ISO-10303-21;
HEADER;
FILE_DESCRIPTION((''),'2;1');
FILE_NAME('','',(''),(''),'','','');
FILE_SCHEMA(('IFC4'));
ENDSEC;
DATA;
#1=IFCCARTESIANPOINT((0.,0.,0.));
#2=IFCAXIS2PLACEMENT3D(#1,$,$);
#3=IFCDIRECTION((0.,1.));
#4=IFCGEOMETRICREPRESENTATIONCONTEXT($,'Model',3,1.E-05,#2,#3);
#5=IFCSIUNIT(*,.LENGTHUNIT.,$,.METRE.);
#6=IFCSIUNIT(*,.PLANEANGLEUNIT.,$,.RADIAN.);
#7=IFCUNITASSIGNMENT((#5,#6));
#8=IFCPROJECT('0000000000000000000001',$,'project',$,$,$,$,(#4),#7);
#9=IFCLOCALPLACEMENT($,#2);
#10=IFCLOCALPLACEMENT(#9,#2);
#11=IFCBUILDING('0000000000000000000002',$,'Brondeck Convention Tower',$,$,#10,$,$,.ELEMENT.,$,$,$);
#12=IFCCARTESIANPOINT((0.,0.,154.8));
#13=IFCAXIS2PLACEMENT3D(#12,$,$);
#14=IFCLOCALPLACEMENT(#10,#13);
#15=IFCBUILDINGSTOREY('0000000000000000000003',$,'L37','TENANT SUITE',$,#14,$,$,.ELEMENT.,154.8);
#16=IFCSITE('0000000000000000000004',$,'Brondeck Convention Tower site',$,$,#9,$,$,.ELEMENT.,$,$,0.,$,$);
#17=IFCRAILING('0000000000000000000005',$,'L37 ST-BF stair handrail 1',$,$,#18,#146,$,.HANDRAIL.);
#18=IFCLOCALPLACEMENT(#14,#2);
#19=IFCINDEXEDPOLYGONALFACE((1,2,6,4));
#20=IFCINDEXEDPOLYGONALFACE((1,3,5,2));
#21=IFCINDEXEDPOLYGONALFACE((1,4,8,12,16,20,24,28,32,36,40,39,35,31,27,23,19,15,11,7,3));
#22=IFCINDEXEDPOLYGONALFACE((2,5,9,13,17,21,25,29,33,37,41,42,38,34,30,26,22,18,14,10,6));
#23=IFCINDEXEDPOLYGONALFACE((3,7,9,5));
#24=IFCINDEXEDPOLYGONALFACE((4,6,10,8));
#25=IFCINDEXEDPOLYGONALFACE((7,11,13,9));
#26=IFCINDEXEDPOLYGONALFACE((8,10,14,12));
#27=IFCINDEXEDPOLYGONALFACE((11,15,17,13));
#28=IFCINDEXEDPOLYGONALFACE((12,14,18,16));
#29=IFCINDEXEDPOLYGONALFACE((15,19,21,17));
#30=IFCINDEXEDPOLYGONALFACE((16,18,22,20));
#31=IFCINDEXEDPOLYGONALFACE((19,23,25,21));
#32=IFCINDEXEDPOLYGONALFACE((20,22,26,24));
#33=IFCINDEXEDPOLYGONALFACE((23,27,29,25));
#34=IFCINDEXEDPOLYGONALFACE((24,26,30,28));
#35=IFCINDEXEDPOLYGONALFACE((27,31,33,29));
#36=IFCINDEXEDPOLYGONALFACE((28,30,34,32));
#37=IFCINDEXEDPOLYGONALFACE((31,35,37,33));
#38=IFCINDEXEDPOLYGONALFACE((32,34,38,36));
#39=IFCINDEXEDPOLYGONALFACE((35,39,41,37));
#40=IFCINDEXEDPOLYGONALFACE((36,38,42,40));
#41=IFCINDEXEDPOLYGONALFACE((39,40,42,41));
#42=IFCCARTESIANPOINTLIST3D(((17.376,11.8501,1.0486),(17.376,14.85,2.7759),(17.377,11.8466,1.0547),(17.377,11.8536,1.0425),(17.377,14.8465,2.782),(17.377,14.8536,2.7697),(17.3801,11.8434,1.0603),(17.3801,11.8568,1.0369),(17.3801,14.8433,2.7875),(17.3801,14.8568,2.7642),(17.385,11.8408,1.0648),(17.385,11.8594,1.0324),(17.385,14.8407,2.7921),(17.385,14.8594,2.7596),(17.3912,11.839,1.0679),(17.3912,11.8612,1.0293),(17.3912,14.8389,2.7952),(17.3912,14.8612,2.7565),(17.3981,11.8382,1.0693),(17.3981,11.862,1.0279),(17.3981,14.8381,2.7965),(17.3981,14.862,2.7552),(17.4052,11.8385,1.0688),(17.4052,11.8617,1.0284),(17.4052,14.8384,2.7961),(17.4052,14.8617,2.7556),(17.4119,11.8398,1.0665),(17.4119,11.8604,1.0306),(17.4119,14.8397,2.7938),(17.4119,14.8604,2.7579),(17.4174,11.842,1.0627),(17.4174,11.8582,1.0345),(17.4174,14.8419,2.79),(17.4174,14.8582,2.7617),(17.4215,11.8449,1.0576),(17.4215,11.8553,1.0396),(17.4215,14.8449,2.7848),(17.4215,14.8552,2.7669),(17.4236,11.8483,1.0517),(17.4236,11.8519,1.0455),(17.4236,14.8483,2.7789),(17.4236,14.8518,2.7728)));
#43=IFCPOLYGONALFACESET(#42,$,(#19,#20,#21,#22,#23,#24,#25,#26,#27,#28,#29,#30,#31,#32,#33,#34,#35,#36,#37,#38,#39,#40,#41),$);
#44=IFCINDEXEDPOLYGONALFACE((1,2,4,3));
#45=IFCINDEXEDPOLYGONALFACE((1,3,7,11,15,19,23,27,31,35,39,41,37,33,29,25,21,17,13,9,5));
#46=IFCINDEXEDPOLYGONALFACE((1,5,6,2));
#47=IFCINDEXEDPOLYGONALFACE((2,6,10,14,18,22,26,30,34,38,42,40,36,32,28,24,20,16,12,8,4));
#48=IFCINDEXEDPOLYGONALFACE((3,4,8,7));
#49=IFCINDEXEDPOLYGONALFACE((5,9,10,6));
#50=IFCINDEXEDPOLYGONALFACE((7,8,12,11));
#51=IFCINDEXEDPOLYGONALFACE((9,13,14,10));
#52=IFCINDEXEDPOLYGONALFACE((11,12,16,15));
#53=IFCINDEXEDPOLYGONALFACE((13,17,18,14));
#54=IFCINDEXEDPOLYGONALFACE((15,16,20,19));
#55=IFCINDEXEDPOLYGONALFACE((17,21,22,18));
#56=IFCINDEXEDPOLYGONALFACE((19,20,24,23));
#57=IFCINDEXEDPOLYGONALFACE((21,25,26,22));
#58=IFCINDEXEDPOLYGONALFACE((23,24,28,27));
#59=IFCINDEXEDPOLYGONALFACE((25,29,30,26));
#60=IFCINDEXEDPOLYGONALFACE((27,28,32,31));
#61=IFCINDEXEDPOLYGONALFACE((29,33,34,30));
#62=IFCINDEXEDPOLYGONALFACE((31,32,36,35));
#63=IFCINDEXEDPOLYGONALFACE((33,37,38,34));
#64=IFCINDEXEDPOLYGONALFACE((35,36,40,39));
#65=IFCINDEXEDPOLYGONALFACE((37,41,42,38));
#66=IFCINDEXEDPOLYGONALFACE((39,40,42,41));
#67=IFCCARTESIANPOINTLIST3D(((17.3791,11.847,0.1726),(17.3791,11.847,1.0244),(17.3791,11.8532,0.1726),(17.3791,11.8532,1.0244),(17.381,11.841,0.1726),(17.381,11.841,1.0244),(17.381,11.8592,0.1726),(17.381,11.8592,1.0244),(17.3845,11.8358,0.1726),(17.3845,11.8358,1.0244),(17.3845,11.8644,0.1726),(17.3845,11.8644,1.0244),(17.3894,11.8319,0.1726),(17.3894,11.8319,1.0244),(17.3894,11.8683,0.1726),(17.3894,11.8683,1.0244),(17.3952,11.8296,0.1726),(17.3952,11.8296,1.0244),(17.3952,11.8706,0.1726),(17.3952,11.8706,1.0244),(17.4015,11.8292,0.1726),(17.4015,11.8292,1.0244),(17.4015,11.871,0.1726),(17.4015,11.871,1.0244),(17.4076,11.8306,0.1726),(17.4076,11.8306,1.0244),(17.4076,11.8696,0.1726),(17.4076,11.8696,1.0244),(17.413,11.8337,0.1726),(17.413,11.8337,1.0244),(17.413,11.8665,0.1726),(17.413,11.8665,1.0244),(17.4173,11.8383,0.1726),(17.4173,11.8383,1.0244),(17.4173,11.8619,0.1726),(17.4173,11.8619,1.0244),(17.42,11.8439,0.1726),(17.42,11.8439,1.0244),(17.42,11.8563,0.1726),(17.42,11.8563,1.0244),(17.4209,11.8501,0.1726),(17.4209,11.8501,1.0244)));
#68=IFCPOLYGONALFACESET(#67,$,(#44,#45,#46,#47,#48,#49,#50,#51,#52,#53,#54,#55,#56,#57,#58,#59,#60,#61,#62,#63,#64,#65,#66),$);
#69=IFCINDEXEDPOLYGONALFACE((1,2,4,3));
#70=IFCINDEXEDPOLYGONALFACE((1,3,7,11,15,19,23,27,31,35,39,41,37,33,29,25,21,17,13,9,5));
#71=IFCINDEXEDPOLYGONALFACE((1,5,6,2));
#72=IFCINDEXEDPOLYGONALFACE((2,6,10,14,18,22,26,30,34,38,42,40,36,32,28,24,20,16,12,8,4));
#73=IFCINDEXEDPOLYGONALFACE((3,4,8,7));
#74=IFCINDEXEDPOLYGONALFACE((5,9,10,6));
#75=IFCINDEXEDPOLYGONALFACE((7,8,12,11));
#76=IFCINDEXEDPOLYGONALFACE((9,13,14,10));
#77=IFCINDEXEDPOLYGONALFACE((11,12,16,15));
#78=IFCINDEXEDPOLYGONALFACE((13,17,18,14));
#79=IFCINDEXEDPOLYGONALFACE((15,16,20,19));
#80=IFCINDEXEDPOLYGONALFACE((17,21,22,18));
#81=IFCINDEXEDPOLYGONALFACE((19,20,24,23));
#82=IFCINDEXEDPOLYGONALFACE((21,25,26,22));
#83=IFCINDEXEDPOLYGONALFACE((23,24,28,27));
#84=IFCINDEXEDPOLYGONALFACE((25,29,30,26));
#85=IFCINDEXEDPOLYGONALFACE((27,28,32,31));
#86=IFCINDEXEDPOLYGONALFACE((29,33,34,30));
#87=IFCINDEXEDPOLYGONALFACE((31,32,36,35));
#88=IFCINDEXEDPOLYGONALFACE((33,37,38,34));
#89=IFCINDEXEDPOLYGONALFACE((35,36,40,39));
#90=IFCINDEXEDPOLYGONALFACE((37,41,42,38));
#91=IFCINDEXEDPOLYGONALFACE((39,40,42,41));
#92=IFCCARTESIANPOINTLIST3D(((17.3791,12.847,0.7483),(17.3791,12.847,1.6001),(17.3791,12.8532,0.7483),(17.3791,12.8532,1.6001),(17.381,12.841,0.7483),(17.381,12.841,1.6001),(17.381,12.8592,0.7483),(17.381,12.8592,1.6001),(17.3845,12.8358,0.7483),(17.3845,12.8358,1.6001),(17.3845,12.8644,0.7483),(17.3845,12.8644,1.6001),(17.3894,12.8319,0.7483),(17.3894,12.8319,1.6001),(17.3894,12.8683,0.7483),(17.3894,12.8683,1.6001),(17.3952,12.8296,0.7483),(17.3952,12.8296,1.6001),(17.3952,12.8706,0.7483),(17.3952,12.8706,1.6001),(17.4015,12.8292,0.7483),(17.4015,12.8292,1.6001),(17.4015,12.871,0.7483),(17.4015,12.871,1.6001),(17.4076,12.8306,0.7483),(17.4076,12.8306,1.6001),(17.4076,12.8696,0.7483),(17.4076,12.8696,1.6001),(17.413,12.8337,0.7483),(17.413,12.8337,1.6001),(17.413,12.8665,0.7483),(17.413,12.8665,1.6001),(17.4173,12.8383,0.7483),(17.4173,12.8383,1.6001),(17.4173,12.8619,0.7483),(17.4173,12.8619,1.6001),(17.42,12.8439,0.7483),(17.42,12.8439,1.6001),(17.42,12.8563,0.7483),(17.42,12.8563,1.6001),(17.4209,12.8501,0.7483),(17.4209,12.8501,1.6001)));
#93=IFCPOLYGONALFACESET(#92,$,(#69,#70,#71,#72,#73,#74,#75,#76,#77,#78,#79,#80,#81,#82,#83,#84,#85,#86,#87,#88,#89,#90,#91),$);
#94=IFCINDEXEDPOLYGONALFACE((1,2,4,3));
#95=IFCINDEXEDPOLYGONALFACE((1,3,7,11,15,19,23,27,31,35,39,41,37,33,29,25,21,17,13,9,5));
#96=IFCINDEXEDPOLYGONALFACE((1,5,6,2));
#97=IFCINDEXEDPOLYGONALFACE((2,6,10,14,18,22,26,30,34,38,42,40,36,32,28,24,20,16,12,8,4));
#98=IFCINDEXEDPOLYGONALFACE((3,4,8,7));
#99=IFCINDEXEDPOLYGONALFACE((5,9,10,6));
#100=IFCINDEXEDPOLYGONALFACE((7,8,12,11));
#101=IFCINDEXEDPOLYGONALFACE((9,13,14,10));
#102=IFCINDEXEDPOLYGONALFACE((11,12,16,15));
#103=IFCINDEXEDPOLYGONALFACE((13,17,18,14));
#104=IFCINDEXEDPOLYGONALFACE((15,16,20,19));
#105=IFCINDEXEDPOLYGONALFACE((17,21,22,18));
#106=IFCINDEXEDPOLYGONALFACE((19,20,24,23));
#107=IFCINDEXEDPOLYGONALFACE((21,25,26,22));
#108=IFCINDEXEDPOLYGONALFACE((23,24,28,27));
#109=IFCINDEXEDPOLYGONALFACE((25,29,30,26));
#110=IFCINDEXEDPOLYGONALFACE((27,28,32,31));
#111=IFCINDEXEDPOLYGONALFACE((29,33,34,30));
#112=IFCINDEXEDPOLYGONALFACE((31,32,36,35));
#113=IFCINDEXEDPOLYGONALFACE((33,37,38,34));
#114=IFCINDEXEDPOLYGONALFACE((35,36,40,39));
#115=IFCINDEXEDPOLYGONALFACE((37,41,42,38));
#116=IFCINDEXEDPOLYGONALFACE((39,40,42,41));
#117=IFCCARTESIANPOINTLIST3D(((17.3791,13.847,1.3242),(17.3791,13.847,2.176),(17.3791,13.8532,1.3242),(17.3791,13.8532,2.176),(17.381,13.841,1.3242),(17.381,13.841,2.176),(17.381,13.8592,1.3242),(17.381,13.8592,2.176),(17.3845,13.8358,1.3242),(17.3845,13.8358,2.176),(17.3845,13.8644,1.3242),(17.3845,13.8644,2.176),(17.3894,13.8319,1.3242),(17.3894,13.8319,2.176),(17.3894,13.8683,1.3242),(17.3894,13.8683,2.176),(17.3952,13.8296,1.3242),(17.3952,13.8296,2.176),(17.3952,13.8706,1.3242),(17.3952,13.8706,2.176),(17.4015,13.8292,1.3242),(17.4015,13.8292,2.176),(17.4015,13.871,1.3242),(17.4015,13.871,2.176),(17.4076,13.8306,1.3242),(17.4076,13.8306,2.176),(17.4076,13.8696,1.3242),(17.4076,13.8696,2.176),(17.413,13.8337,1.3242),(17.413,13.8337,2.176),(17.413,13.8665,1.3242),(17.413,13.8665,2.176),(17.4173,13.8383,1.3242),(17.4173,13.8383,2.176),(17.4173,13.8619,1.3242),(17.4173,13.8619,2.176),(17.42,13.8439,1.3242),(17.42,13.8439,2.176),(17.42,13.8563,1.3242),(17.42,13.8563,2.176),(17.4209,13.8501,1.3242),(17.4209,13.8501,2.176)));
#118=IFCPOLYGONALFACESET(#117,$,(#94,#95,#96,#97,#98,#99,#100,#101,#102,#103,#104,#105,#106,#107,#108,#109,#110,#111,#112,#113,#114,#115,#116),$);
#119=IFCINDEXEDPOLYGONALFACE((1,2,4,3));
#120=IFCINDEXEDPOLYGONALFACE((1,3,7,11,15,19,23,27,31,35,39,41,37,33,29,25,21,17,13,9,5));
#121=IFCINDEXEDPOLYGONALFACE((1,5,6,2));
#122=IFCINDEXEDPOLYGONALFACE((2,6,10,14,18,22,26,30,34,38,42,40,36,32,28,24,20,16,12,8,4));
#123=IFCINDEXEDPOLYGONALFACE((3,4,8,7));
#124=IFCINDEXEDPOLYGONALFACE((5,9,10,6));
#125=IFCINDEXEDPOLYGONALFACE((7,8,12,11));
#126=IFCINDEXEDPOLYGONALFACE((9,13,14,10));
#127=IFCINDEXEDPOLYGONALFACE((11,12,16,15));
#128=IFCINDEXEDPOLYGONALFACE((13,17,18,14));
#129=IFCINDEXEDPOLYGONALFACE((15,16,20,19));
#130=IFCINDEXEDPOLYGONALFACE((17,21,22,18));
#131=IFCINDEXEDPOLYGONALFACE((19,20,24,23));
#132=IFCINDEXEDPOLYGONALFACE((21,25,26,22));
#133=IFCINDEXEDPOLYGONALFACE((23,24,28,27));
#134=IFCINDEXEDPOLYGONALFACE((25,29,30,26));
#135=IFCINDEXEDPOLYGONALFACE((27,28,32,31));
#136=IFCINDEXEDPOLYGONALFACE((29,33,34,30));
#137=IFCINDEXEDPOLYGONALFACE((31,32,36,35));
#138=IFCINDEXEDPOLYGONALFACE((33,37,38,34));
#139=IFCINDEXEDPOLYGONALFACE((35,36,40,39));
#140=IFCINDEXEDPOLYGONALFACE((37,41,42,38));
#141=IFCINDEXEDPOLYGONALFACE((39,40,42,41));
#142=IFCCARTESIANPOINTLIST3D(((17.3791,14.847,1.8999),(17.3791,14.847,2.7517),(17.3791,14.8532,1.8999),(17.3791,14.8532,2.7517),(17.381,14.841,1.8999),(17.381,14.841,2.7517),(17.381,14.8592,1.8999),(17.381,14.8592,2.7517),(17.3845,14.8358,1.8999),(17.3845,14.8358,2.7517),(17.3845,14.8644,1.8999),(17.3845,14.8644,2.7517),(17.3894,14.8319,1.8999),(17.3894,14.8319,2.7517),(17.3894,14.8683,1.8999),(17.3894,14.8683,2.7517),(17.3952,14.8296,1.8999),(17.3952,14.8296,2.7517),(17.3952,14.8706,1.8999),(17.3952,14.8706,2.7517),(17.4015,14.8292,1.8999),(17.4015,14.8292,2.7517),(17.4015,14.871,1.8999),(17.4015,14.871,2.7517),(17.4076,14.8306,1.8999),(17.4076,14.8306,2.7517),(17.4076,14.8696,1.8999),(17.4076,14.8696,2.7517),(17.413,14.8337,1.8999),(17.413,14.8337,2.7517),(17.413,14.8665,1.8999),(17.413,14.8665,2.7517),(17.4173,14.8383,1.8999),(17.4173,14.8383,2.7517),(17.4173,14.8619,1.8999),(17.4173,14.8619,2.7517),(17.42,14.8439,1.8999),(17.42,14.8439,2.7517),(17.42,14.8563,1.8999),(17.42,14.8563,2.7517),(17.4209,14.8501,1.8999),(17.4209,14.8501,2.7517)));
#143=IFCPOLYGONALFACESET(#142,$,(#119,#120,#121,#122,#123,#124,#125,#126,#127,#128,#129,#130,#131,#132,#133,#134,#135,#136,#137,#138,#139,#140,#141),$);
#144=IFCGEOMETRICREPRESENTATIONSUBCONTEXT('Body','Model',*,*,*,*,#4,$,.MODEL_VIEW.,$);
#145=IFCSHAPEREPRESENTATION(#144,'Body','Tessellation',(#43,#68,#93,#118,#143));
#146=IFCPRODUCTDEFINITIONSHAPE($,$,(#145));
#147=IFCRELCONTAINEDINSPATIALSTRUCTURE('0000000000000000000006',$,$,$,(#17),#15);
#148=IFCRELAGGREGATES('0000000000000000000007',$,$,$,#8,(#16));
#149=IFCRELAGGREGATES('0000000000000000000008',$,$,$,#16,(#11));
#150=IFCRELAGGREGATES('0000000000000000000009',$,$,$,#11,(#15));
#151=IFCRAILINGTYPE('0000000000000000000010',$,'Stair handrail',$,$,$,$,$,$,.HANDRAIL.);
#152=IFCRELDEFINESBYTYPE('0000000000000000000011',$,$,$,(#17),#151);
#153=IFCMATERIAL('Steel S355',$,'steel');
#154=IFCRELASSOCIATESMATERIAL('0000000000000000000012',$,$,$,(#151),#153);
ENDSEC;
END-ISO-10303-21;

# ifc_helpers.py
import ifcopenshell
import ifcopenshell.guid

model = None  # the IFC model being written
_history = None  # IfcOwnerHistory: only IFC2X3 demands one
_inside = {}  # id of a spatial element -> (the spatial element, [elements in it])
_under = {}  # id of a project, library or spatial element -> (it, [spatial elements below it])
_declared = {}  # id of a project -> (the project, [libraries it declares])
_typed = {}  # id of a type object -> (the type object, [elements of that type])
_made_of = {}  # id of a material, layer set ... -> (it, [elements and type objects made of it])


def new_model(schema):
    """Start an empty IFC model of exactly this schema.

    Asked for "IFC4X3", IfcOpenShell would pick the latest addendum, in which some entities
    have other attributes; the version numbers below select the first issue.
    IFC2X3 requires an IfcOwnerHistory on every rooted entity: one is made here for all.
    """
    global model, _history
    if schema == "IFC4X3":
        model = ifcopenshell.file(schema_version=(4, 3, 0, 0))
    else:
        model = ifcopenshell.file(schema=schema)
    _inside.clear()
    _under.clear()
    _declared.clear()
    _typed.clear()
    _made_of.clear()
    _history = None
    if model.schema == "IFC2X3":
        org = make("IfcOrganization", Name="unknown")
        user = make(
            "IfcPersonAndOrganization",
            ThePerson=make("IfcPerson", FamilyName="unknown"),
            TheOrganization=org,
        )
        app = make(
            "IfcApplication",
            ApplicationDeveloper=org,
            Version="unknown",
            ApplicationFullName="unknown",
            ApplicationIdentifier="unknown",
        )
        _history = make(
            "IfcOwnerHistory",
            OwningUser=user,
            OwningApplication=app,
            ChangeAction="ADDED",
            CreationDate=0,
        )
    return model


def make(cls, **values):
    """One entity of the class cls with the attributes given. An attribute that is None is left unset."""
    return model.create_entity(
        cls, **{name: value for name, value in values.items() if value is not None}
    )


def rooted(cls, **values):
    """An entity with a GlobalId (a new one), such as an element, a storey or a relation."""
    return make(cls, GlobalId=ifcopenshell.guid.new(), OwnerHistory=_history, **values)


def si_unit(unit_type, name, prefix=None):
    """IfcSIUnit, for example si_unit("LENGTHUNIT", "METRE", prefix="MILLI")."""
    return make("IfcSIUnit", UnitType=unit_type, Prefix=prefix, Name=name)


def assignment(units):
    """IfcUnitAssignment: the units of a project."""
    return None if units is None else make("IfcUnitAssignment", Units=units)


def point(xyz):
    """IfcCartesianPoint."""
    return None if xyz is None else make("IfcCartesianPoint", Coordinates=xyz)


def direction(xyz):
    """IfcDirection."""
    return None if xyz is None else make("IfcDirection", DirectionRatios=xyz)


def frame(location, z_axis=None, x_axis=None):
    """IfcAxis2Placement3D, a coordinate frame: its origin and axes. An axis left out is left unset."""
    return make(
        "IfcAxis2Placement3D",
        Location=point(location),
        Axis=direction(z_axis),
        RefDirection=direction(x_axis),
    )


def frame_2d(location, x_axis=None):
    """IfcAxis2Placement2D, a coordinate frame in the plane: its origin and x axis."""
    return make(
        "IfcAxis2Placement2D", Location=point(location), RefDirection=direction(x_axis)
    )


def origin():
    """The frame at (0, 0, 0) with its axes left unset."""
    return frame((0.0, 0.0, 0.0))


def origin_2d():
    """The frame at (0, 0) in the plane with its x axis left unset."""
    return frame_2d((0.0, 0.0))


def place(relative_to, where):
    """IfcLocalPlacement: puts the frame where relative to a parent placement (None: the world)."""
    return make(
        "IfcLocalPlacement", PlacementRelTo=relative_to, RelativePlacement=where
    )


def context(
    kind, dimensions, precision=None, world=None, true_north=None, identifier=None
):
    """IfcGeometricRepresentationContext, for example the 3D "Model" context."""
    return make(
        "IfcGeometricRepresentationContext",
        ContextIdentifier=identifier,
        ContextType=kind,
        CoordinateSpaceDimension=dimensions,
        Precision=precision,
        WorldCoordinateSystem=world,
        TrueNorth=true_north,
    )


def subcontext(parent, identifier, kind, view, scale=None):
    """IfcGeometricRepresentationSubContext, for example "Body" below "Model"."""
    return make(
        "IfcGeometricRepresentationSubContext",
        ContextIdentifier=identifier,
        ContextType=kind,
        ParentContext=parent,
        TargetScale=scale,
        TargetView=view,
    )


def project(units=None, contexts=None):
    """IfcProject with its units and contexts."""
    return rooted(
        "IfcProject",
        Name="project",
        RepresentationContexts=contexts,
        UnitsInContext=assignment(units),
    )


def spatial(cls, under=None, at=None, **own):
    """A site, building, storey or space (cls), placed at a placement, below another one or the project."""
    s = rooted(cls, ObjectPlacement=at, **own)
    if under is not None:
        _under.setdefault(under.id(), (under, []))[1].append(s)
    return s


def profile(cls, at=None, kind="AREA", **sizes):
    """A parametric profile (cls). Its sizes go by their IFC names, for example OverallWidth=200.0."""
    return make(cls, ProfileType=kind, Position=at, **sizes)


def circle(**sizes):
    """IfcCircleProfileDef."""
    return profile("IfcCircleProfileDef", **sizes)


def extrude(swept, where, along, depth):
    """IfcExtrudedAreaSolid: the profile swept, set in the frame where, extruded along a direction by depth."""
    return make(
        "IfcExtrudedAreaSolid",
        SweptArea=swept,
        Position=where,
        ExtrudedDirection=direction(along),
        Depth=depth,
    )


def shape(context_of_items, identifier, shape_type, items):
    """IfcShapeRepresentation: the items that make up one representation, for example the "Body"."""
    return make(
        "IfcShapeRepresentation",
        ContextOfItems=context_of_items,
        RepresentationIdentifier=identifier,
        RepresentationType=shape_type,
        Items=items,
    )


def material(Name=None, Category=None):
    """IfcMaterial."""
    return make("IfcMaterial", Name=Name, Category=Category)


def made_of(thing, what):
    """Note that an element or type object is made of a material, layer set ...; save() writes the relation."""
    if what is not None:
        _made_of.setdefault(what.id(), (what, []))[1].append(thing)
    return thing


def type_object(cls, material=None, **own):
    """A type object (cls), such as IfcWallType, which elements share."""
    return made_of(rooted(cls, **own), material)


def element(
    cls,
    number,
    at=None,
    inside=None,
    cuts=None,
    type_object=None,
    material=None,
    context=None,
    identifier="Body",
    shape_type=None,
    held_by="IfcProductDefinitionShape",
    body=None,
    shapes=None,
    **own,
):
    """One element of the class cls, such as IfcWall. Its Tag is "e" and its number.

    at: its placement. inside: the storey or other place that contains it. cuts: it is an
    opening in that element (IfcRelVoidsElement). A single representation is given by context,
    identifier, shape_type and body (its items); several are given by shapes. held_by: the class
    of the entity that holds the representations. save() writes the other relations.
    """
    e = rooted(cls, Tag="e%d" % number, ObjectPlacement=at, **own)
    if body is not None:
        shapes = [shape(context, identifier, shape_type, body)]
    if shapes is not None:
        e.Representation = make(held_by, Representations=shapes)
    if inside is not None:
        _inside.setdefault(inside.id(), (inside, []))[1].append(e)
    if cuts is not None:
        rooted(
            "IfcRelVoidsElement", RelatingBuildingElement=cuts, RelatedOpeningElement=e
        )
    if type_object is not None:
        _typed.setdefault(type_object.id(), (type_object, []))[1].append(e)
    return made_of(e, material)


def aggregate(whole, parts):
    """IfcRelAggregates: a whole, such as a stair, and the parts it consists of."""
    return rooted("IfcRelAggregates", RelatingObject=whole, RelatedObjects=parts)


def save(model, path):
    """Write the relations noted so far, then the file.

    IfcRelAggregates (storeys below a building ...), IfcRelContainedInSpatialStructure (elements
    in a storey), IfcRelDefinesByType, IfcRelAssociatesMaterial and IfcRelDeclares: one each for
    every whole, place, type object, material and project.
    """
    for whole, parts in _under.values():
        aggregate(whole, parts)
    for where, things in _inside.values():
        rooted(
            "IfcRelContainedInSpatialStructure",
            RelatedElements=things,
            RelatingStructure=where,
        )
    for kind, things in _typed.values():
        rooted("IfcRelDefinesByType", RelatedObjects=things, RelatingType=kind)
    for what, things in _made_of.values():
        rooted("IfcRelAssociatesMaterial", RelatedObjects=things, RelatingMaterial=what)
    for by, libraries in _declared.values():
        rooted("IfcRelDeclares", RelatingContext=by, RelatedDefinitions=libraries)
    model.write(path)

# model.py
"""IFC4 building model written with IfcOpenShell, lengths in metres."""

from ifc_helpers import new_model, si_unit, direction, frame, origin, origin_2d, place, context, subcontext, project, spatial, circle, extrude, material, type_object, element, save


model = new_model("IFC4")

# Units and contexts
model_context = context("Model", 3, precision=1e-05, world=origin(), true_north=direction((0.0, 1.0)))
body_context = subcontext(model_context, "Body", "Model", "MODEL_VIEW")
ifc_project = project(units=[si_unit("LENGTHUNIT", "METRE"), si_unit("PLANEANGLEUNIT", "RADIAN")], contexts=[model_context])

# Site, building, storey
site_placement = place(None, origin())
site = spatial("IfcSite", under=ifc_project, at=site_placement, Name="Brondeck Convention Tower site", CompositionType="ELEMENT", RefElevation=0.0)
building_placement = place(site_placement, origin())
building = spatial("IfcBuilding", under=site, at=building_placement, Name="Brondeck Convention Tower", CompositionType="ELEMENT")
storey_placement = place(building_placement, frame((0.0, 0.0, 154.8)))
storey = spatial("IfcBuildingStorey", under=building, at=storey_placement, Name="L37", Description="TENANT SUITE", CompositionType="ELEMENT", Elevation=154.8)

# Shared definitions
ifc_material_1 = material(Name="Steel S355", Category="steel")

# Railing
railing_type_1 = type_object("IfcRailingType", Name="Stair handrail", PredefinedType="HANDRAIL", material=ifc_material_1)
railing_1_placement = place(storey_placement, frame((17.3999, 11.8501, 0.1726)))
element("IfcRailing", 1, at=railing_1_placement, inside=storey, type_object=railing_type_1, Name="L37 ST-BF stair handrail 1", PredefinedType="HANDRAIL", context=body_context, shape_type="SweptSolid", body=[
    extrude(circle(Radius=0.0239, at=origin_2d()), frame((0.0, 0.0, 0.876), z_axis=(0.0, 0.86662, 0.498969), x_axis=(-1.0, 0.0, 0.0)), (0.0, 0.0, 1.0), 3.4617),
    extrude(circle(Radius=0.021, at=origin_2d()), origin(), (0.0, 0.0, 1.0), 0.8518),
    extrude(circle(Radius=0.021, at=origin_2d()), frame((0.0, 1.0, 0.5757)), (0.0, 0.0, 1.0), 0.8518),
    extrude(circle(Radius=0.021, at=origin_2d()), frame((0.0, 2.0, 1.1516)), (0.0, 0.0, 1.0), 0.8518),
    extrude(circle(Radius=0.021, at=origin_2d()), frame((0.0, 3.0, 1.7273)), (0.0, 0.0, 1.0), 0.8518),
])

save(model, "model.ifc")
